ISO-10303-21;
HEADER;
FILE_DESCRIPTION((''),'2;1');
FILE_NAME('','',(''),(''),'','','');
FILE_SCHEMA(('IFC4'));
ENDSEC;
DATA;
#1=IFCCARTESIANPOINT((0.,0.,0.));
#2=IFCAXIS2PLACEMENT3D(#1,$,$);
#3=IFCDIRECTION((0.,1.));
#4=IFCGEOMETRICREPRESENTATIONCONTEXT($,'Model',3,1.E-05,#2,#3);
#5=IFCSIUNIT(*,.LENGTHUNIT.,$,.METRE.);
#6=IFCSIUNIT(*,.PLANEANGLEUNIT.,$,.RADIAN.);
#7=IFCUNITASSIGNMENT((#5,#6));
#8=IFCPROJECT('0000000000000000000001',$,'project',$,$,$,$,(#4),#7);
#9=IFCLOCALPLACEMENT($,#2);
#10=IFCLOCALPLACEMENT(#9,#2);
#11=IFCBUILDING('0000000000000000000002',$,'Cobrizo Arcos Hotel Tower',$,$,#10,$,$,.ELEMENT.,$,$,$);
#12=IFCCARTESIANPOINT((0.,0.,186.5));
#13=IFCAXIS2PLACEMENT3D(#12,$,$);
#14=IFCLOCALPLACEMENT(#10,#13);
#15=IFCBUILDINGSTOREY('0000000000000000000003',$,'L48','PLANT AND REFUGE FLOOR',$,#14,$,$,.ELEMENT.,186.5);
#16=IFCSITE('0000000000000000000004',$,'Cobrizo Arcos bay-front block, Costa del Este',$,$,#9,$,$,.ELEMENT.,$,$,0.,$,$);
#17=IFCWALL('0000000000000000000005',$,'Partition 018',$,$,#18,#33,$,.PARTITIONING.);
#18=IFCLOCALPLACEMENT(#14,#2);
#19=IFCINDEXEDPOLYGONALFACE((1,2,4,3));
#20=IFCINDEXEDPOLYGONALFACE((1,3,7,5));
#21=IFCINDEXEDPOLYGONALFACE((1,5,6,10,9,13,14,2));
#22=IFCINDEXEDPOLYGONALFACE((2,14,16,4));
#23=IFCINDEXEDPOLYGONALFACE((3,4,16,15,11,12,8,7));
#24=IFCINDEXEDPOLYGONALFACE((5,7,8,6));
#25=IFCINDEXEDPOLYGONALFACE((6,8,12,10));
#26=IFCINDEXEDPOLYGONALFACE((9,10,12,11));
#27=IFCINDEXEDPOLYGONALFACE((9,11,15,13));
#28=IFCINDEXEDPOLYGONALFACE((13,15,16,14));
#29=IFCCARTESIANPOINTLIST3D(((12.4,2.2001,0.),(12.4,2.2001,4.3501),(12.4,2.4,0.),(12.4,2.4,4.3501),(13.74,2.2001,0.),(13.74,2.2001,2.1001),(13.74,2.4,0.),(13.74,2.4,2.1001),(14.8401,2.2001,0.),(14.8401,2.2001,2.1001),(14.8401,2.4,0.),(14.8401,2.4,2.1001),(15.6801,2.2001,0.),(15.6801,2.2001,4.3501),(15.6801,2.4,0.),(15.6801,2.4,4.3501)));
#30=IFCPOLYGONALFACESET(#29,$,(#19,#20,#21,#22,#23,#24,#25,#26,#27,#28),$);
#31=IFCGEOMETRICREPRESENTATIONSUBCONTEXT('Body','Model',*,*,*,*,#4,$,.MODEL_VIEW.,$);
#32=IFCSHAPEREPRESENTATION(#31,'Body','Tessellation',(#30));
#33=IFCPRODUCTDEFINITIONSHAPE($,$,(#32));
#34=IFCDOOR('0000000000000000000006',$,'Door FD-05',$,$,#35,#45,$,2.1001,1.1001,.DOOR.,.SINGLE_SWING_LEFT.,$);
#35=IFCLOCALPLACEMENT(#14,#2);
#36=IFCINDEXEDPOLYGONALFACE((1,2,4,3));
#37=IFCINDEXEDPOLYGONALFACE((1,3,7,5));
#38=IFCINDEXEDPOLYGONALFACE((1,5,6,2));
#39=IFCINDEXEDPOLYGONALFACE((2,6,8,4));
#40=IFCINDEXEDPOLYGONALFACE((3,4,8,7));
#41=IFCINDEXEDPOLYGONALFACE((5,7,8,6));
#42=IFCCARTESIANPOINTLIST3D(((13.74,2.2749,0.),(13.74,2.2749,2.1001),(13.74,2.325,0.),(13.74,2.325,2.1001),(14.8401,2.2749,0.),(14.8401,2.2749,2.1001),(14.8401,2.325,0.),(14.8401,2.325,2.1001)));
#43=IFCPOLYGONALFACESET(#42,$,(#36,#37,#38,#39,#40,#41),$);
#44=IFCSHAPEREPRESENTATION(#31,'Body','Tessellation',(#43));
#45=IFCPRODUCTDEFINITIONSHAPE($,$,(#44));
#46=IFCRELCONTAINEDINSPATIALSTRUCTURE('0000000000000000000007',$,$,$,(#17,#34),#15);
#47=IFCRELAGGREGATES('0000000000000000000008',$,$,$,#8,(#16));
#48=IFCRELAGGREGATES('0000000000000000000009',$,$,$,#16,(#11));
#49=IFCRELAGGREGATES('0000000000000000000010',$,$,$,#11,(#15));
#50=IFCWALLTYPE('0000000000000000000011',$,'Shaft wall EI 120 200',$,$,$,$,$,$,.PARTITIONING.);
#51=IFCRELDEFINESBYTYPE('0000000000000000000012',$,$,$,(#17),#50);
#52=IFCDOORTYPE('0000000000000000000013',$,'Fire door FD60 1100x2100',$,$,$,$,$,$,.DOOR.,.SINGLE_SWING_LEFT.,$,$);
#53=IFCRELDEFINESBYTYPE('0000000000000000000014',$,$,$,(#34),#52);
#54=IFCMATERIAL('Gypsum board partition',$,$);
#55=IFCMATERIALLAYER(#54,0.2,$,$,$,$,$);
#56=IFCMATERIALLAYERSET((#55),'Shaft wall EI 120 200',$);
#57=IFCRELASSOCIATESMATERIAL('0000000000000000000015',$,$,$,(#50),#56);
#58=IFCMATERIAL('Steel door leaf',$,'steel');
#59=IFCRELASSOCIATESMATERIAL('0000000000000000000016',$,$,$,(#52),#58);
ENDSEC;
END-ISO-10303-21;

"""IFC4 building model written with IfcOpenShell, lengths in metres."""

from ifc_helpers import new_model, si_unit, direction, frame, frame_2d, origin, place, context, subcontext, project, spatial, rectangle, extrude, material, layer, layer_set, type_object, element, fill, save


model = new_model("IFC4")

# Units and contexts
model_context = context("Model", 3, precision=1e-05, world=origin(), true_north=direction((0.0, 1.0)))
body_context = subcontext(model_context, "Body", "Model", "MODEL_VIEW")
ifc_project = project(units=[si_unit("LENGTHUNIT", "METRE"), si_unit("PLANEANGLEUNIT", "RADIAN")], contexts=[model_context])

# Site, building, storey
site_placement = place(None, origin())
site = spatial("IfcSite", under=ifc_project, at=site_placement, Name="Cobrizo Arcos bay-front block, Costa del Este", CompositionType="ELEMENT", RefElevation=0.0)
building_placement = place(site_placement, origin())
building = spatial("IfcBuilding", under=site, at=building_placement, Name="Cobrizo Arcos Hotel Tower", CompositionType="ELEMENT")
storey_placement = place(building_placement, frame((0.0, 0.0, 186.5)))
storey = spatial("IfcBuildingStorey", under=building, at=storey_placement, Name="L48", Description="PLANT AND REFUGE FLOOR", CompositionType="ELEMENT", Elevation=186.5)

# Shared definitions
ifc_material_1 = material(Name="Gypsum board partition")

# Wall, opening, door
ifc_layer_1 = layer(ifc_material_1, 0.2)
ifc_layer_set_1 = layer_set([ifc_layer_1], Name="Shaft wall EI 120 200")
wall_type_1 = type_object("IfcWallType", Name="Shaft wall EI 120 200", PredefinedType="PARTITIONING", material=ifc_layer_set_1)
wall_1_placement = place(storey_placement, frame((12.3999, 2.3, 0.0), z_axis=(0.0, 0.0, 1.0), x_axis=(1.0, 0.0, 0.0)))
wall_1 = element("IfcWall", 1, at=wall_1_placement, inside=storey, type_object=wall_type_1, Name="Partition 018", PredefinedType="PARTITIONING", context=body_context, shape_type="SweptSolid", body=[
    extrude(rectangle(XDim=3.28, YDim=0.2, at=frame_2d((1.6401, 0.0))), origin(), (0.0, 0.0, 1.0), 4.3501),
])
opening_1_placement = place(wall_1_placement, frame((1.3401, 0.0, 0.0)))
opening_1 = element("IfcOpeningElement", 2, at=opening_1_placement, cuts=wall_1, PredefinedType="OPENING", context=body_context, shape_type="SweptSolid", body=[
    extrude(rectangle(XDim=1.1001, YDim=2.1001, at=frame_2d((0.55, 1.05))), frame((0.0, 0.1121, 0.0), z_axis=(0.0, -1.0, 0.0), x_axis=(1.0, 0.0, 0.0)), (0.0, 0.0, 1.0), 0.2239),
])
ifc_material_2 = material(Name="Steel door leaf", Category="steel")
door_type_1 = type_object("IfcDoorType", Name="Fire door FD60 1100x2100", OperationType="SINGLE_SWING_LEFT", PredefinedType="DOOR", material=ifc_material_2)
door_1_placement = place(opening_1_placement, origin())
door_1 = element("IfcDoor", 3, at=door_1_placement, inside=storey, type_object=door_type_1, Name="Door FD-05", OperationType="SINGLE_SWING_LEFT", OverallHeight=2.1001, OverallWidth=1.1001, PredefinedType="DOOR", context=body_context, shape_type="SweptSolid", body=[
    extrude(rectangle(XDim=1.1001, YDim=2.1001, at=frame_2d((0.55, 1.05))), frame((0.0, 0.0249, 0.0), z_axis=(0.0, -1.0, 0.0), x_axis=(1.0, 0.0, 0.0)), (0.0, 0.0, 1.0), 0.05),
])
fill(opening_1, door_1)

save(model, "model.ifc")
